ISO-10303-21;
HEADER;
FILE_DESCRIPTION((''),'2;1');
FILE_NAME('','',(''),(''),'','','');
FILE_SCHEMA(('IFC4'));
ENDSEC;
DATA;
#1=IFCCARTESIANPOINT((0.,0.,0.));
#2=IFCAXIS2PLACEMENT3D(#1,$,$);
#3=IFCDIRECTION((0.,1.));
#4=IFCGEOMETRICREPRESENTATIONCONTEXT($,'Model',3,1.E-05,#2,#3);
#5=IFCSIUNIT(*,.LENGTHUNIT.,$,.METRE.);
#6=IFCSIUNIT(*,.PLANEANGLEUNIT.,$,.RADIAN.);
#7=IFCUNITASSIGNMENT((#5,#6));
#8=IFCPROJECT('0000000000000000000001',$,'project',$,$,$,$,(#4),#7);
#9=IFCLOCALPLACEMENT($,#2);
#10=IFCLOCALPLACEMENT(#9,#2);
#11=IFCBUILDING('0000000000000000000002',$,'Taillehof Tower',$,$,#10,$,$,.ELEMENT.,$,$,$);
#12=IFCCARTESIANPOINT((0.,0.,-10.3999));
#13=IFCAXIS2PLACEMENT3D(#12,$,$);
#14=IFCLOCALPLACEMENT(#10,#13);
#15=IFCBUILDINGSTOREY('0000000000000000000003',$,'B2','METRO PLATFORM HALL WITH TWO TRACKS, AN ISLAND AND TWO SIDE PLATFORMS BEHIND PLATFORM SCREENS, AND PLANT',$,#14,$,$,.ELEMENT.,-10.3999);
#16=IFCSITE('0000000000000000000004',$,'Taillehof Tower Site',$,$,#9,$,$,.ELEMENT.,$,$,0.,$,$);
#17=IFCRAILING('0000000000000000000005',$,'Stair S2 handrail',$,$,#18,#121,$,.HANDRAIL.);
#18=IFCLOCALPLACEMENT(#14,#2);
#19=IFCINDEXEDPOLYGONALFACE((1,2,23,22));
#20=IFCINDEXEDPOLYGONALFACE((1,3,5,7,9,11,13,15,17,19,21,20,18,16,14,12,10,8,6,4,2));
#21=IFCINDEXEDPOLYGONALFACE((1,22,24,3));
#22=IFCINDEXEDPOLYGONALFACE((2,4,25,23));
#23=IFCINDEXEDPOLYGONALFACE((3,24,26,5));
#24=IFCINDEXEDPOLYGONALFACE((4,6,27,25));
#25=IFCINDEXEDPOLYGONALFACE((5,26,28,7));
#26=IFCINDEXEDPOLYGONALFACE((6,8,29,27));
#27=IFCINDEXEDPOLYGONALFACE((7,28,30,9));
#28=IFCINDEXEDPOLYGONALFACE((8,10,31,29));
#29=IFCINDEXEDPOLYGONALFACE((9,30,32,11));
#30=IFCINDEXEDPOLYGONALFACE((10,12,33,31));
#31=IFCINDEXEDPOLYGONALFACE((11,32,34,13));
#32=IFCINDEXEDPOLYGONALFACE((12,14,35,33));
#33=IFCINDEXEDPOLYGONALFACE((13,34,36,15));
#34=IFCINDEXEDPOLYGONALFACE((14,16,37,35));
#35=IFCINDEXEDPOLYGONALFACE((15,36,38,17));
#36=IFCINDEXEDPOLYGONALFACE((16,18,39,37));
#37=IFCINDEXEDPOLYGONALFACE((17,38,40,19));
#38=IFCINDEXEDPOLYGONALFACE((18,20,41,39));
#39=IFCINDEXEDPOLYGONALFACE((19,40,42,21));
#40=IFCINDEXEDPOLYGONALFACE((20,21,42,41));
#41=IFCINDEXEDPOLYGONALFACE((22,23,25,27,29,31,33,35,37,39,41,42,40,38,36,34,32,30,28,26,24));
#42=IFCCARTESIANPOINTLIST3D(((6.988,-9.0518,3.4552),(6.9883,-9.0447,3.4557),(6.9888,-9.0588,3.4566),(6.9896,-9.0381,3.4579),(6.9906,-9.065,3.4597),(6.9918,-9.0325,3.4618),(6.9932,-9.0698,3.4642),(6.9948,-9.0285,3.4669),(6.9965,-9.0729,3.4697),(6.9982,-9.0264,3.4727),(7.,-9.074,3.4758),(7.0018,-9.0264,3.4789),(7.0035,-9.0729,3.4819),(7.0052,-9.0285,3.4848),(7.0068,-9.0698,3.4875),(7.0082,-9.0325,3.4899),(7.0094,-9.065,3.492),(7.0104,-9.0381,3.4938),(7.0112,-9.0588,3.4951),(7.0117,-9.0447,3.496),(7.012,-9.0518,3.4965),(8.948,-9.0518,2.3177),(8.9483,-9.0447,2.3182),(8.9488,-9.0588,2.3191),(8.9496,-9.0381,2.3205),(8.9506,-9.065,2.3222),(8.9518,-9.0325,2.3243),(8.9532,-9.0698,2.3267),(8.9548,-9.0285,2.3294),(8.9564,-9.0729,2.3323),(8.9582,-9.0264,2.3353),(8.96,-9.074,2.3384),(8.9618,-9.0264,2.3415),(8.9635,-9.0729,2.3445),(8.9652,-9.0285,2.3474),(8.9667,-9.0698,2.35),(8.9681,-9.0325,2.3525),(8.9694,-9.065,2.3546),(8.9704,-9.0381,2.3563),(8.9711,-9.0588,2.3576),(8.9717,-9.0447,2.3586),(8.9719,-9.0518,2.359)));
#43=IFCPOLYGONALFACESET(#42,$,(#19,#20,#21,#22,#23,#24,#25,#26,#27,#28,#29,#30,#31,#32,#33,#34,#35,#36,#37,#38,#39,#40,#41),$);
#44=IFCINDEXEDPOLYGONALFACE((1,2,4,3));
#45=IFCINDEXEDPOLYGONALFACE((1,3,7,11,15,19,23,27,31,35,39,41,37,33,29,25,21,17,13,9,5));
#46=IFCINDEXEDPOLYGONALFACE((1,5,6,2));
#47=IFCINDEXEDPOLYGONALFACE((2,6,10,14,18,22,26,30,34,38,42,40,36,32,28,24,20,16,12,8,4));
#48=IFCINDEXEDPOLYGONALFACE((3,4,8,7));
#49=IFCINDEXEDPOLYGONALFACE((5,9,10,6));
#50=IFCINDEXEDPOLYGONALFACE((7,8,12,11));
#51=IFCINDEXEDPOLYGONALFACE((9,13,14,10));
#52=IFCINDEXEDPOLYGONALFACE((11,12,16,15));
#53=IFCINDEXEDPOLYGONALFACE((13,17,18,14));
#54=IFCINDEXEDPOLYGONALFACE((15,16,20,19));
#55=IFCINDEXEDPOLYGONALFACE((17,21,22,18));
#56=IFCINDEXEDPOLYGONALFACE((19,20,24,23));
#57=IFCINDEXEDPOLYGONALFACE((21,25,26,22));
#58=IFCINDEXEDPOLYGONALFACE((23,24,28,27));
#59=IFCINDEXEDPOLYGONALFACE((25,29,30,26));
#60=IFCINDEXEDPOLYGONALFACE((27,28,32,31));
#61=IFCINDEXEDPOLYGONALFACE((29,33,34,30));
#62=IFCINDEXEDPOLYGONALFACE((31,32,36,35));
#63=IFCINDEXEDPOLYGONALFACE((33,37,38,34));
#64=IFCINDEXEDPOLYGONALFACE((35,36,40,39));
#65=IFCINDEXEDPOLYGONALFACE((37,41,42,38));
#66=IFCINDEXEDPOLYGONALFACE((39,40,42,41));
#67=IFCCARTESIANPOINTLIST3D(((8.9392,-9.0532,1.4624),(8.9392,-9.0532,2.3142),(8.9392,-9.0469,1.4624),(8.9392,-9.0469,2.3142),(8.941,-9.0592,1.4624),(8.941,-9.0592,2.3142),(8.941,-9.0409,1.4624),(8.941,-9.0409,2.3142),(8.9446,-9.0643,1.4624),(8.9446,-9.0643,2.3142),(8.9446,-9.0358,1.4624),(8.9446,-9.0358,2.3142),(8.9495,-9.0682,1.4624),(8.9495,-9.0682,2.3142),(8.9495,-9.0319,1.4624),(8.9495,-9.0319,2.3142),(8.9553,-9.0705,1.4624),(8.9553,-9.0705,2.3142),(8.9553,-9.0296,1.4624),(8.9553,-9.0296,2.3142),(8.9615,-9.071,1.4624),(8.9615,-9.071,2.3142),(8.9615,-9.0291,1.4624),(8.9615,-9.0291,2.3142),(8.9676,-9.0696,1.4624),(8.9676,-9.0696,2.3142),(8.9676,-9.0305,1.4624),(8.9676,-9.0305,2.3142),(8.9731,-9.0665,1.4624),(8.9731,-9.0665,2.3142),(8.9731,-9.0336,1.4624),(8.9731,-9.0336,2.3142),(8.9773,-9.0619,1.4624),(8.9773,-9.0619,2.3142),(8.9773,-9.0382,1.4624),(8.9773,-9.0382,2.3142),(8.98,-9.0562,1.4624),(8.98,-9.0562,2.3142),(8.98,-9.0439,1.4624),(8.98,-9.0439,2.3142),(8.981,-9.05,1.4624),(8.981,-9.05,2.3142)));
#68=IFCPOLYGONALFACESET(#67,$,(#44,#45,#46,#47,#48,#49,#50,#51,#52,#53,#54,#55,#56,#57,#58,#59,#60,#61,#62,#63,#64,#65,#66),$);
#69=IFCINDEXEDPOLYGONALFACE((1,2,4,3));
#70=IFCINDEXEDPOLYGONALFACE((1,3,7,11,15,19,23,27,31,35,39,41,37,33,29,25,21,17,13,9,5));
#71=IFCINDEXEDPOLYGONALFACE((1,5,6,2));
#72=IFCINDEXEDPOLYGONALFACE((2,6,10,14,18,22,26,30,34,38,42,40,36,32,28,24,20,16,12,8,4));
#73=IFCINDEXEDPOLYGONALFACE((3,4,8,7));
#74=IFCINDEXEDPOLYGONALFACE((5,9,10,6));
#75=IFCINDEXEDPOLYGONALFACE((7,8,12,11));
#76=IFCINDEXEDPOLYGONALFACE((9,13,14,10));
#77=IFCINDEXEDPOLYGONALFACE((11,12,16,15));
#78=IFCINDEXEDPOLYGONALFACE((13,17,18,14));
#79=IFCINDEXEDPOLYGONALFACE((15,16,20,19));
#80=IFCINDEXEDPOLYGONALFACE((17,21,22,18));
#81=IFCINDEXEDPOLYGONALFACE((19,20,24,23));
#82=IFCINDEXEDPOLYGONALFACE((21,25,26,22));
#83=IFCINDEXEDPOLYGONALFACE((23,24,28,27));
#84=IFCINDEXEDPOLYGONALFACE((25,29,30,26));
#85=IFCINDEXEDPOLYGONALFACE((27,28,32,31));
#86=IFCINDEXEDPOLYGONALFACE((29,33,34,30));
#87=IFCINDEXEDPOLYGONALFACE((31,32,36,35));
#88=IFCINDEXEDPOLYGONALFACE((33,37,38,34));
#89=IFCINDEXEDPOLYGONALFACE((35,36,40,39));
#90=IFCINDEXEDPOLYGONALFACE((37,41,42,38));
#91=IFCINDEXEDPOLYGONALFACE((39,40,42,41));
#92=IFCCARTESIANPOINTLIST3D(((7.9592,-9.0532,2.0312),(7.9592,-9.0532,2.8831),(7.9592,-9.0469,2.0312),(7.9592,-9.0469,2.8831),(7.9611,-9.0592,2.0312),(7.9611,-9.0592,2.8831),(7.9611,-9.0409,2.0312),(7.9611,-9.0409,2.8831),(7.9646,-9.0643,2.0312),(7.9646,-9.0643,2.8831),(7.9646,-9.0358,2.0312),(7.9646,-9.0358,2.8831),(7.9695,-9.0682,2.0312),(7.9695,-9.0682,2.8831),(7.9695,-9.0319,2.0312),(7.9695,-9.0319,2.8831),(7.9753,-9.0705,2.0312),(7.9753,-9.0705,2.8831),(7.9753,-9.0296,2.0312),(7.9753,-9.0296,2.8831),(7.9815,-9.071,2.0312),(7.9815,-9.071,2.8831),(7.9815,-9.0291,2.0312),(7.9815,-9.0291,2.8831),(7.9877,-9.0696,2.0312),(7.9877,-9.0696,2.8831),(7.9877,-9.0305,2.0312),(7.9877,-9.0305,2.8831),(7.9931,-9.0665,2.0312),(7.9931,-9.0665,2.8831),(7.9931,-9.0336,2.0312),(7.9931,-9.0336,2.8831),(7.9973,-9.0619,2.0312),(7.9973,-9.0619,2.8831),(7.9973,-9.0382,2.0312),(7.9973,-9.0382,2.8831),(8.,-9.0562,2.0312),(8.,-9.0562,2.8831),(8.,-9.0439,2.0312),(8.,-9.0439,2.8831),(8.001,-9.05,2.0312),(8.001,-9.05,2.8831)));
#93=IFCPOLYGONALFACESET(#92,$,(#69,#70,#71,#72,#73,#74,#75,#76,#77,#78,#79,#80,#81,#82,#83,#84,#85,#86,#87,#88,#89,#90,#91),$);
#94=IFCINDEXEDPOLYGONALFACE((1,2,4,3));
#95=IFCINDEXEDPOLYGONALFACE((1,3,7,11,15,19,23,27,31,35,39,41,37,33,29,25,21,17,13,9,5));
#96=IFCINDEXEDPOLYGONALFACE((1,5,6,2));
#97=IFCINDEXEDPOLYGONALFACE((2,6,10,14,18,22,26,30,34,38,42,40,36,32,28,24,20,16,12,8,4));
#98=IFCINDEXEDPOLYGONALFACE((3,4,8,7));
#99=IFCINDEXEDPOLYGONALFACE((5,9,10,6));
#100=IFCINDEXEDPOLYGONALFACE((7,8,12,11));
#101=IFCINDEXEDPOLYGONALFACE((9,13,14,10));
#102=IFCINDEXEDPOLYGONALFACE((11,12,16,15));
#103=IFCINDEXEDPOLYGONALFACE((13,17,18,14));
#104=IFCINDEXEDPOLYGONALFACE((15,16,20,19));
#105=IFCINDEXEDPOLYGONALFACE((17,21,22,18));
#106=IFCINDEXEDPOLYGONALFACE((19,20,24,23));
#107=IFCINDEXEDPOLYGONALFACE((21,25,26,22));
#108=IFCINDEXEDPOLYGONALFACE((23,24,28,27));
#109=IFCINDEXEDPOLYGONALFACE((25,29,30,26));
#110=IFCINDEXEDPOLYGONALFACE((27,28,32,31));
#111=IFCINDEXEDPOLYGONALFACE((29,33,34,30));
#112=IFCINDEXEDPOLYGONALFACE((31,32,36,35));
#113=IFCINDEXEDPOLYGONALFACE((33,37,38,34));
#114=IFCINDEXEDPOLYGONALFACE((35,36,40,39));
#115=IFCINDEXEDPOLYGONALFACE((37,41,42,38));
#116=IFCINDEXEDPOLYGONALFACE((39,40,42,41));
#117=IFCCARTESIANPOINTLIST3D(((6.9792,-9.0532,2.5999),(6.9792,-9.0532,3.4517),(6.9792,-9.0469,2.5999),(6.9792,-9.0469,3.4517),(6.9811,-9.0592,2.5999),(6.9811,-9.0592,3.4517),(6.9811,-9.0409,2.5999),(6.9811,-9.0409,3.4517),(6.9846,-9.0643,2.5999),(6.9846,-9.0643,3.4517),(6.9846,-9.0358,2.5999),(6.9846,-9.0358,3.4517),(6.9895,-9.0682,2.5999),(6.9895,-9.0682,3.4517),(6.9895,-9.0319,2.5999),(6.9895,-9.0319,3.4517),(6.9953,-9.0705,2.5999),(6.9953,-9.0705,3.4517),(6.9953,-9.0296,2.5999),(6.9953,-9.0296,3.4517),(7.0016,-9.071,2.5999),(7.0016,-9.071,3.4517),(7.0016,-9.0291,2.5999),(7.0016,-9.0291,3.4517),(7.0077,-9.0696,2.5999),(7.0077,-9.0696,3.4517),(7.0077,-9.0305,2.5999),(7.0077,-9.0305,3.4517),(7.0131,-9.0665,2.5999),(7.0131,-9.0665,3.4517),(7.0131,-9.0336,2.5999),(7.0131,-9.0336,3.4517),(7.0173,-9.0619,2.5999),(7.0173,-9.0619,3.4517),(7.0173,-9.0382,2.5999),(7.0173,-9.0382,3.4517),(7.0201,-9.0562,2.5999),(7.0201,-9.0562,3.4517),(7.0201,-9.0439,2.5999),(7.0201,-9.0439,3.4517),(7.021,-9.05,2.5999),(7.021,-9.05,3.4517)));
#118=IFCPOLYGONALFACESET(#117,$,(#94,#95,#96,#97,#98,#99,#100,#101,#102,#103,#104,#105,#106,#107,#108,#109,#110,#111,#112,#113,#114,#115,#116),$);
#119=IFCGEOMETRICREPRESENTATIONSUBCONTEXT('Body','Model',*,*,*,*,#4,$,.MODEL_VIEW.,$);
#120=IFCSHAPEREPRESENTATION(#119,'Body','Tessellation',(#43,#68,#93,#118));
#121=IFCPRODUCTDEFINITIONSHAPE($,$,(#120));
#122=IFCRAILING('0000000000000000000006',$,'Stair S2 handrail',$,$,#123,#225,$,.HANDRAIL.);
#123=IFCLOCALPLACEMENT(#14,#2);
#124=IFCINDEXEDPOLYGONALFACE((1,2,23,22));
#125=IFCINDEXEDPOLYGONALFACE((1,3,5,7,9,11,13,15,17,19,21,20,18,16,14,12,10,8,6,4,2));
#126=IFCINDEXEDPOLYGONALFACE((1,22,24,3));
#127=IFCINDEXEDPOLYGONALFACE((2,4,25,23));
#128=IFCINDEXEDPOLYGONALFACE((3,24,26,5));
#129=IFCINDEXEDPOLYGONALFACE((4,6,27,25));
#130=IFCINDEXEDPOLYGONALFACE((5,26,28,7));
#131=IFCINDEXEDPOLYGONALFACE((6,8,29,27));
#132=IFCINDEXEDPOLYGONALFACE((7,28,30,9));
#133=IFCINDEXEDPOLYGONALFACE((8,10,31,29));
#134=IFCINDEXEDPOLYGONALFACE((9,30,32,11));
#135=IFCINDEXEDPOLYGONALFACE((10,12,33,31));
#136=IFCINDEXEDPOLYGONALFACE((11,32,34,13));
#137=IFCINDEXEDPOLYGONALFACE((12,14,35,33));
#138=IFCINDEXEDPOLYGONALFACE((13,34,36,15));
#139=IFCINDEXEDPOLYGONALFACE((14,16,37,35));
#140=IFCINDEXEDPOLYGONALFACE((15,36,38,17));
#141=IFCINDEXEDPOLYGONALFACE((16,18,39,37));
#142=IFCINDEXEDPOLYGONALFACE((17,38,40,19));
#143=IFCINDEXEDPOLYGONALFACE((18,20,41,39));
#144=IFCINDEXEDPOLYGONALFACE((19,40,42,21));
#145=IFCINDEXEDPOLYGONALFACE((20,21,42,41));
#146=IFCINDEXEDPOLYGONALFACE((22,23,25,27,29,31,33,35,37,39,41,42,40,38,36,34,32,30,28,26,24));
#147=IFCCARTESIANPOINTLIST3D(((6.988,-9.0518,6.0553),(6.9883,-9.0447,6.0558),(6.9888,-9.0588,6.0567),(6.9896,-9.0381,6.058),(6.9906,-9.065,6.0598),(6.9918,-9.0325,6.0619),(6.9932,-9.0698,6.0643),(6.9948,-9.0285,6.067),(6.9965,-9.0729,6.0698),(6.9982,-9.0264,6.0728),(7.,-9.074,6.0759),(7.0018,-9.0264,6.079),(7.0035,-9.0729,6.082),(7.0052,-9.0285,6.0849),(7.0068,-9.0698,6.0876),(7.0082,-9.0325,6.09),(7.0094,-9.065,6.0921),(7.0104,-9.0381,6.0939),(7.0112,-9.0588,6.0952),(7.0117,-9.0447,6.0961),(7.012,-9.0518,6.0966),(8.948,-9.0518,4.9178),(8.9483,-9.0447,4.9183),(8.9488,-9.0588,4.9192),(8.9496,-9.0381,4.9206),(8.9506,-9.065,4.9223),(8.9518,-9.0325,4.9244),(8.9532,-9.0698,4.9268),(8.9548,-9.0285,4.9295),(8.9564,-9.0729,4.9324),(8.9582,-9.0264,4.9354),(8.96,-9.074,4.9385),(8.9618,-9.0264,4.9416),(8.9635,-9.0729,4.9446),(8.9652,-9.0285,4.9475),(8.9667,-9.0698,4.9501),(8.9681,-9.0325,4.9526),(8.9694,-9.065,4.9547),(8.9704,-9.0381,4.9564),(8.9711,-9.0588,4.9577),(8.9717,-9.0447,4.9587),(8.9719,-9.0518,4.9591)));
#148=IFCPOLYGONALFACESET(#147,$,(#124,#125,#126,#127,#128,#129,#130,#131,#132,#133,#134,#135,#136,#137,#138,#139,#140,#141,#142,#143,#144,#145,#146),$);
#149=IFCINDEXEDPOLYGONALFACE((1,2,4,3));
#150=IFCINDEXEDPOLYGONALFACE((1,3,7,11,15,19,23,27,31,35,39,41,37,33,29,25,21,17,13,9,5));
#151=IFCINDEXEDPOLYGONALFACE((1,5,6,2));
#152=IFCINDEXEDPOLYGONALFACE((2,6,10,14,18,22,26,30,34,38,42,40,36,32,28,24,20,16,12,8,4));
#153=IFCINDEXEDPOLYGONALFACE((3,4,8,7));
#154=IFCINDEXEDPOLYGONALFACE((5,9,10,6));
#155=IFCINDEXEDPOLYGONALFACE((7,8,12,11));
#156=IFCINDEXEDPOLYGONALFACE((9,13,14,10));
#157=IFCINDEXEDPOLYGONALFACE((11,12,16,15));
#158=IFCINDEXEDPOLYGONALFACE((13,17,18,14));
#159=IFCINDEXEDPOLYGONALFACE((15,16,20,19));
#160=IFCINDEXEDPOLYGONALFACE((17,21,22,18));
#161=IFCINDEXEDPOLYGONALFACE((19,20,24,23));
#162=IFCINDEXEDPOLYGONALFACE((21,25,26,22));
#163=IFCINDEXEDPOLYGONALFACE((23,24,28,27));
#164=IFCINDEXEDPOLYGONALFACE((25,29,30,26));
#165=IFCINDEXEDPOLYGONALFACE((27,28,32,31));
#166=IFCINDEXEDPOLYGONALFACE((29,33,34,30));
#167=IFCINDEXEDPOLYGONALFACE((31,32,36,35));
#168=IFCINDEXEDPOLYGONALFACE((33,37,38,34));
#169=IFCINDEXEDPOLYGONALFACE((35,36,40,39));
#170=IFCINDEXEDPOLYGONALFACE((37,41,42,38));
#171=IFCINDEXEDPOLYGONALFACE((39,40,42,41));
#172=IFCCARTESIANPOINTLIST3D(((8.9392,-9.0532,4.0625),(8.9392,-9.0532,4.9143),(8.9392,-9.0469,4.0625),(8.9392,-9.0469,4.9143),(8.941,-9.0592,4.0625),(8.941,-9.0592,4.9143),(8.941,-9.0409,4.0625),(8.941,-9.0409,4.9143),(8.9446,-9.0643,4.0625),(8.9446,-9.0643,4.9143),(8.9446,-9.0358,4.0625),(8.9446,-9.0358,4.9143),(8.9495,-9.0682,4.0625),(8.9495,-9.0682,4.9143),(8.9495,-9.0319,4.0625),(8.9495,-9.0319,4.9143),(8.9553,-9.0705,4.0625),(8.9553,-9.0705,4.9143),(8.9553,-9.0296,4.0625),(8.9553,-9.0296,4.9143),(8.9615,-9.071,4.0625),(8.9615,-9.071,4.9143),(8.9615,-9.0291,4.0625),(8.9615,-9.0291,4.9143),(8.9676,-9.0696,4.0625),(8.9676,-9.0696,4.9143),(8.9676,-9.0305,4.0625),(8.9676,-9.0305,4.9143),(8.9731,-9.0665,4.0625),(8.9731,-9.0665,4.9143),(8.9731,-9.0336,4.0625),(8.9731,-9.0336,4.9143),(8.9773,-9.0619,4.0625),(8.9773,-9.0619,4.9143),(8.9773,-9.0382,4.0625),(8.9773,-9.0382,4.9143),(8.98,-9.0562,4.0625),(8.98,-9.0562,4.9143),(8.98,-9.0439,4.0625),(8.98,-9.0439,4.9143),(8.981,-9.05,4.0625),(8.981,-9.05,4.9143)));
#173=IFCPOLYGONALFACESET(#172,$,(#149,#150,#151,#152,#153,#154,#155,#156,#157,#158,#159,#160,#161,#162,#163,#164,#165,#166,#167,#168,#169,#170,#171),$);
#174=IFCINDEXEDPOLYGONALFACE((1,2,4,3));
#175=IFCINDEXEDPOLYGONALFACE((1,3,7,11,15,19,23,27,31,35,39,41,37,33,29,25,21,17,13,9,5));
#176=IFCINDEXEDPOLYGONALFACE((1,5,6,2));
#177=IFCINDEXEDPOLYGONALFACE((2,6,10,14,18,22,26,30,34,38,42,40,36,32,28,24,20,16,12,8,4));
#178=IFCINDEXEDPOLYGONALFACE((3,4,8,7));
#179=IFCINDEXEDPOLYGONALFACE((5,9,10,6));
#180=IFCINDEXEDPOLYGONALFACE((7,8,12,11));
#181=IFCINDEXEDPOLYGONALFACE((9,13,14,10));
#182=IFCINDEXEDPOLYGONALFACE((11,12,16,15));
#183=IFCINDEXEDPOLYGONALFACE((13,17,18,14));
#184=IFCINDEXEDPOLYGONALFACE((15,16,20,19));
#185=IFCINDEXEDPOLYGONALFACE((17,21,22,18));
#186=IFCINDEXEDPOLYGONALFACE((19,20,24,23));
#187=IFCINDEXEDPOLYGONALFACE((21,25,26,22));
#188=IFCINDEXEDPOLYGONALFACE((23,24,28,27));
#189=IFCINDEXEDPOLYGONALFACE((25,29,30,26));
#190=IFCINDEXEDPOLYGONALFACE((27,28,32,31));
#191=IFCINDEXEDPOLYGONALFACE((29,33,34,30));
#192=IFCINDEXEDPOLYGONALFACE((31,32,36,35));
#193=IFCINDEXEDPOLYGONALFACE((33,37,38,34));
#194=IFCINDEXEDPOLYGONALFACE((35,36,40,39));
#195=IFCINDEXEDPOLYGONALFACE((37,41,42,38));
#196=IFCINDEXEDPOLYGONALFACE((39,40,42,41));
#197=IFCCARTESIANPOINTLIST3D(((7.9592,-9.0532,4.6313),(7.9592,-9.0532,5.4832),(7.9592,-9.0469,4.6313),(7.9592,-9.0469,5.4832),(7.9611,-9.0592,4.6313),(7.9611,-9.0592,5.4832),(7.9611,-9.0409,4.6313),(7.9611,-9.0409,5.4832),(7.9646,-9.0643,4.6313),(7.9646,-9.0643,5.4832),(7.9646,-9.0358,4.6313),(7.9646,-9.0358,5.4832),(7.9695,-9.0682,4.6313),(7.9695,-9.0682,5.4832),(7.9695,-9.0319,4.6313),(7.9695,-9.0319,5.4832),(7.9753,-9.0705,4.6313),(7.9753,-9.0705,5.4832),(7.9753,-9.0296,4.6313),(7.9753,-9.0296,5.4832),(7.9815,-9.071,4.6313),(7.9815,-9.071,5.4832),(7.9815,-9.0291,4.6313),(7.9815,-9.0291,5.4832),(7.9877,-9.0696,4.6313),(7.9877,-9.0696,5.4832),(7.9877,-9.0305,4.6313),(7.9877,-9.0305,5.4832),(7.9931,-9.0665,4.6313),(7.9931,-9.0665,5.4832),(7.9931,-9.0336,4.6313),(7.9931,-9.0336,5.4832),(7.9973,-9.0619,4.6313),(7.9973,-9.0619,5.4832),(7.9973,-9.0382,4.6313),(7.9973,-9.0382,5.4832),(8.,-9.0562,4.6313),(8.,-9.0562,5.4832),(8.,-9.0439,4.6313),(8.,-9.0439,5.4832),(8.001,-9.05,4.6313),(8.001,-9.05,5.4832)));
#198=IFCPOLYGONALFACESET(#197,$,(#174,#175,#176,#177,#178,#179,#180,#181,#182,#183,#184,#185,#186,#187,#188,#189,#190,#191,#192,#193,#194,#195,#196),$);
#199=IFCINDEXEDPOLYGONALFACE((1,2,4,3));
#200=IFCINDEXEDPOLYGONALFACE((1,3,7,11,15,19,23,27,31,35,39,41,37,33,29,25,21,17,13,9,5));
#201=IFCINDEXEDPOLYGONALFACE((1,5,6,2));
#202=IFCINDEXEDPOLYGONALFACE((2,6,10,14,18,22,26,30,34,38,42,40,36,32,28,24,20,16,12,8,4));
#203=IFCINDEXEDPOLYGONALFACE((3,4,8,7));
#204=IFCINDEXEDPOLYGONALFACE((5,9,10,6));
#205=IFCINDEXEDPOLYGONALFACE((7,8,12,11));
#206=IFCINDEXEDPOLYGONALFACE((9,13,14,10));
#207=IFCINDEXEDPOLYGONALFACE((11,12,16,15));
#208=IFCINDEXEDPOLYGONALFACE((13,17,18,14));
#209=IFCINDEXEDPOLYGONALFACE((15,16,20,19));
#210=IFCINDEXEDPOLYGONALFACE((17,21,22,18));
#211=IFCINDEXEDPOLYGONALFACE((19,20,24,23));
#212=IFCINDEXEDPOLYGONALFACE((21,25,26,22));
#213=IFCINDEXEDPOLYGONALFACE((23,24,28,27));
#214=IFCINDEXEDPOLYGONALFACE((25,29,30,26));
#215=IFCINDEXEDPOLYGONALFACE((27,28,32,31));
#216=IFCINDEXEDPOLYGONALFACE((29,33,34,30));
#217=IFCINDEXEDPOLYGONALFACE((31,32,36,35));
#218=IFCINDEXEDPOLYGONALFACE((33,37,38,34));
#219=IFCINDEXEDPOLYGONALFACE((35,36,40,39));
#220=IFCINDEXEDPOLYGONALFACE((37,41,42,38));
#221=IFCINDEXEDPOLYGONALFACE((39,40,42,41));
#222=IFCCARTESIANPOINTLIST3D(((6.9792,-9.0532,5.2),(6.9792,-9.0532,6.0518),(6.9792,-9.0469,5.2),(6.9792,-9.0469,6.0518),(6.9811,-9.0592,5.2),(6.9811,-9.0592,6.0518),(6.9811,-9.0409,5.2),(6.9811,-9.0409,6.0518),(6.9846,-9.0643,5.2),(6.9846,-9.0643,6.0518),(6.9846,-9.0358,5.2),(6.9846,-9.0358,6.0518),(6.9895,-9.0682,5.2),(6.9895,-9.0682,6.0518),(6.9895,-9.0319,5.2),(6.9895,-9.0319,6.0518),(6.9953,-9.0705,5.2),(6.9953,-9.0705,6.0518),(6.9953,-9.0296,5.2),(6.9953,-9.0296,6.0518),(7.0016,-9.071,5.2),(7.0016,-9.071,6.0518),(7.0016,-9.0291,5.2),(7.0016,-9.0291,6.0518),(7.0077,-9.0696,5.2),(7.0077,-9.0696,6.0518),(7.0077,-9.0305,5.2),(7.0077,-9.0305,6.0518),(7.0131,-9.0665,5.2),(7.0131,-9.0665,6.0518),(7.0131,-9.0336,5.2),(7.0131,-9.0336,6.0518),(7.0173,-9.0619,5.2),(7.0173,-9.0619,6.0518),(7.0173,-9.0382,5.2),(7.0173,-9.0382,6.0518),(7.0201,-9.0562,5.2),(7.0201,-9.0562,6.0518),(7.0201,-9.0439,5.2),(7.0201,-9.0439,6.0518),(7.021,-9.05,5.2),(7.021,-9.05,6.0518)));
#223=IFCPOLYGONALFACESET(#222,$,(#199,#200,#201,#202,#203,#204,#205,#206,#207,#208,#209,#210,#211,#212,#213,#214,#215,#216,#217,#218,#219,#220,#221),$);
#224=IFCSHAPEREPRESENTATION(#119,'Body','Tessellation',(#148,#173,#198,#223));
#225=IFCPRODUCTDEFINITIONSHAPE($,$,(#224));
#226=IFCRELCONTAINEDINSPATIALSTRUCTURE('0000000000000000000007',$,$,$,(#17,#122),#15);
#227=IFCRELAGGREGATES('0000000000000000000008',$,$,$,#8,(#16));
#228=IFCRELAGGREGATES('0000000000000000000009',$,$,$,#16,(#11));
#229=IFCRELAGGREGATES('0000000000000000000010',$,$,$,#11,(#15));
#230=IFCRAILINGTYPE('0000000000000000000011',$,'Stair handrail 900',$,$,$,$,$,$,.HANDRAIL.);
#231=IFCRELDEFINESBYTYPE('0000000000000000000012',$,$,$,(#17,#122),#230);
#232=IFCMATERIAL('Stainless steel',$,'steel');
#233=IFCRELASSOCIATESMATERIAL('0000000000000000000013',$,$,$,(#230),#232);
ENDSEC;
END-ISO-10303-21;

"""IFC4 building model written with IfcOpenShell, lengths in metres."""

from ifc_helpers import new_model, si_unit, direction, frame, origin, origin_2d, place, context, subcontext, project, spatial, circle, extrude, material, type_object, element, save


model = new_model("IFC4")

# Units and contexts
model_context = context("Model", 3, precision=1e-05, world=origin(), true_north=direction((0.0, 1.0)))
body_context = subcontext(model_context, "Body", "Model", "MODEL_VIEW")
ifc_project = project(units=[si_unit("LENGTHUNIT", "METRE"), si_unit("PLANEANGLEUNIT", "RADIAN")], contexts=[model_context])

# Site, building, storey
site_placement = place(None, origin())
site = spatial("IfcSite", under=ifc_project, at=site_placement, Name="Taillehof Tower Site", CompositionType="ELEMENT", RefElevation=0.0)
building_placement = place(site_placement, origin())
building = spatial("IfcBuilding", under=site, at=building_placement, Name="Taillehof Tower", CompositionType="ELEMENT")
storey_placement = place(building_placement, frame((0.0, 0.0, -10.3999)))
storey = spatial("IfcBuildingStorey", under=building, at=storey_placement, Name="B2", Description="METRO PLATFORM HALL WITH TWO TRACKS, AN ISLAND AND TWO SIDE PLATFORMS BEHIND PLATFORM SCREENS, AND PLANT", CompositionType="ELEMENT", Elevation=-10.3999)

# Railings
ifc_material_1 = material(Name="Stainless steel", Category="steel")
railing_type = type_object("IfcRailingType", Name="Stair handrail 900", PredefinedType="HANDRAIL", material=ifc_material_1)
for number, where, name in (
    (1, (8.96, -9.05, 1.4624), "Stair S2 handrail"),
    (2, (8.96, -9.05, 4.0625), "Stair S2 handrail"),
):
    element("IfcRailing", number, at=place(storey_placement, frame(where)), inside=storey, type_object=railing_type, Name=name, PredefinedType="HANDRAIL", context=body_context, shape_type="SweptSolid", body=[
        extrude(circle(Radius=0.0239, at=origin_2d()), frame((0.0, 0.0, 0.876), z_axis=(-0.864902, 0.0, 0.501941), x_axis=(0.0, -1.0, 0.0)), (0.0, 0.0, 1.0), 2.2661),
        extrude(circle(Radius=0.021, at=origin_2d()), origin(), (0.0, 0.0, 1.0), 0.8518),
        extrude(circle(Radius=0.021, at=origin_2d()), frame((-0.98, 0.0, 0.5688)), (0.0, 0.0, 1.0), 0.8518),
        extrude(circle(Radius=0.021, at=origin_2d()), frame((-1.96, 0.0, 1.1375)), (0.0, 0.0, 1.0), 0.8518),
    ])

save(model, "model.ifc")
